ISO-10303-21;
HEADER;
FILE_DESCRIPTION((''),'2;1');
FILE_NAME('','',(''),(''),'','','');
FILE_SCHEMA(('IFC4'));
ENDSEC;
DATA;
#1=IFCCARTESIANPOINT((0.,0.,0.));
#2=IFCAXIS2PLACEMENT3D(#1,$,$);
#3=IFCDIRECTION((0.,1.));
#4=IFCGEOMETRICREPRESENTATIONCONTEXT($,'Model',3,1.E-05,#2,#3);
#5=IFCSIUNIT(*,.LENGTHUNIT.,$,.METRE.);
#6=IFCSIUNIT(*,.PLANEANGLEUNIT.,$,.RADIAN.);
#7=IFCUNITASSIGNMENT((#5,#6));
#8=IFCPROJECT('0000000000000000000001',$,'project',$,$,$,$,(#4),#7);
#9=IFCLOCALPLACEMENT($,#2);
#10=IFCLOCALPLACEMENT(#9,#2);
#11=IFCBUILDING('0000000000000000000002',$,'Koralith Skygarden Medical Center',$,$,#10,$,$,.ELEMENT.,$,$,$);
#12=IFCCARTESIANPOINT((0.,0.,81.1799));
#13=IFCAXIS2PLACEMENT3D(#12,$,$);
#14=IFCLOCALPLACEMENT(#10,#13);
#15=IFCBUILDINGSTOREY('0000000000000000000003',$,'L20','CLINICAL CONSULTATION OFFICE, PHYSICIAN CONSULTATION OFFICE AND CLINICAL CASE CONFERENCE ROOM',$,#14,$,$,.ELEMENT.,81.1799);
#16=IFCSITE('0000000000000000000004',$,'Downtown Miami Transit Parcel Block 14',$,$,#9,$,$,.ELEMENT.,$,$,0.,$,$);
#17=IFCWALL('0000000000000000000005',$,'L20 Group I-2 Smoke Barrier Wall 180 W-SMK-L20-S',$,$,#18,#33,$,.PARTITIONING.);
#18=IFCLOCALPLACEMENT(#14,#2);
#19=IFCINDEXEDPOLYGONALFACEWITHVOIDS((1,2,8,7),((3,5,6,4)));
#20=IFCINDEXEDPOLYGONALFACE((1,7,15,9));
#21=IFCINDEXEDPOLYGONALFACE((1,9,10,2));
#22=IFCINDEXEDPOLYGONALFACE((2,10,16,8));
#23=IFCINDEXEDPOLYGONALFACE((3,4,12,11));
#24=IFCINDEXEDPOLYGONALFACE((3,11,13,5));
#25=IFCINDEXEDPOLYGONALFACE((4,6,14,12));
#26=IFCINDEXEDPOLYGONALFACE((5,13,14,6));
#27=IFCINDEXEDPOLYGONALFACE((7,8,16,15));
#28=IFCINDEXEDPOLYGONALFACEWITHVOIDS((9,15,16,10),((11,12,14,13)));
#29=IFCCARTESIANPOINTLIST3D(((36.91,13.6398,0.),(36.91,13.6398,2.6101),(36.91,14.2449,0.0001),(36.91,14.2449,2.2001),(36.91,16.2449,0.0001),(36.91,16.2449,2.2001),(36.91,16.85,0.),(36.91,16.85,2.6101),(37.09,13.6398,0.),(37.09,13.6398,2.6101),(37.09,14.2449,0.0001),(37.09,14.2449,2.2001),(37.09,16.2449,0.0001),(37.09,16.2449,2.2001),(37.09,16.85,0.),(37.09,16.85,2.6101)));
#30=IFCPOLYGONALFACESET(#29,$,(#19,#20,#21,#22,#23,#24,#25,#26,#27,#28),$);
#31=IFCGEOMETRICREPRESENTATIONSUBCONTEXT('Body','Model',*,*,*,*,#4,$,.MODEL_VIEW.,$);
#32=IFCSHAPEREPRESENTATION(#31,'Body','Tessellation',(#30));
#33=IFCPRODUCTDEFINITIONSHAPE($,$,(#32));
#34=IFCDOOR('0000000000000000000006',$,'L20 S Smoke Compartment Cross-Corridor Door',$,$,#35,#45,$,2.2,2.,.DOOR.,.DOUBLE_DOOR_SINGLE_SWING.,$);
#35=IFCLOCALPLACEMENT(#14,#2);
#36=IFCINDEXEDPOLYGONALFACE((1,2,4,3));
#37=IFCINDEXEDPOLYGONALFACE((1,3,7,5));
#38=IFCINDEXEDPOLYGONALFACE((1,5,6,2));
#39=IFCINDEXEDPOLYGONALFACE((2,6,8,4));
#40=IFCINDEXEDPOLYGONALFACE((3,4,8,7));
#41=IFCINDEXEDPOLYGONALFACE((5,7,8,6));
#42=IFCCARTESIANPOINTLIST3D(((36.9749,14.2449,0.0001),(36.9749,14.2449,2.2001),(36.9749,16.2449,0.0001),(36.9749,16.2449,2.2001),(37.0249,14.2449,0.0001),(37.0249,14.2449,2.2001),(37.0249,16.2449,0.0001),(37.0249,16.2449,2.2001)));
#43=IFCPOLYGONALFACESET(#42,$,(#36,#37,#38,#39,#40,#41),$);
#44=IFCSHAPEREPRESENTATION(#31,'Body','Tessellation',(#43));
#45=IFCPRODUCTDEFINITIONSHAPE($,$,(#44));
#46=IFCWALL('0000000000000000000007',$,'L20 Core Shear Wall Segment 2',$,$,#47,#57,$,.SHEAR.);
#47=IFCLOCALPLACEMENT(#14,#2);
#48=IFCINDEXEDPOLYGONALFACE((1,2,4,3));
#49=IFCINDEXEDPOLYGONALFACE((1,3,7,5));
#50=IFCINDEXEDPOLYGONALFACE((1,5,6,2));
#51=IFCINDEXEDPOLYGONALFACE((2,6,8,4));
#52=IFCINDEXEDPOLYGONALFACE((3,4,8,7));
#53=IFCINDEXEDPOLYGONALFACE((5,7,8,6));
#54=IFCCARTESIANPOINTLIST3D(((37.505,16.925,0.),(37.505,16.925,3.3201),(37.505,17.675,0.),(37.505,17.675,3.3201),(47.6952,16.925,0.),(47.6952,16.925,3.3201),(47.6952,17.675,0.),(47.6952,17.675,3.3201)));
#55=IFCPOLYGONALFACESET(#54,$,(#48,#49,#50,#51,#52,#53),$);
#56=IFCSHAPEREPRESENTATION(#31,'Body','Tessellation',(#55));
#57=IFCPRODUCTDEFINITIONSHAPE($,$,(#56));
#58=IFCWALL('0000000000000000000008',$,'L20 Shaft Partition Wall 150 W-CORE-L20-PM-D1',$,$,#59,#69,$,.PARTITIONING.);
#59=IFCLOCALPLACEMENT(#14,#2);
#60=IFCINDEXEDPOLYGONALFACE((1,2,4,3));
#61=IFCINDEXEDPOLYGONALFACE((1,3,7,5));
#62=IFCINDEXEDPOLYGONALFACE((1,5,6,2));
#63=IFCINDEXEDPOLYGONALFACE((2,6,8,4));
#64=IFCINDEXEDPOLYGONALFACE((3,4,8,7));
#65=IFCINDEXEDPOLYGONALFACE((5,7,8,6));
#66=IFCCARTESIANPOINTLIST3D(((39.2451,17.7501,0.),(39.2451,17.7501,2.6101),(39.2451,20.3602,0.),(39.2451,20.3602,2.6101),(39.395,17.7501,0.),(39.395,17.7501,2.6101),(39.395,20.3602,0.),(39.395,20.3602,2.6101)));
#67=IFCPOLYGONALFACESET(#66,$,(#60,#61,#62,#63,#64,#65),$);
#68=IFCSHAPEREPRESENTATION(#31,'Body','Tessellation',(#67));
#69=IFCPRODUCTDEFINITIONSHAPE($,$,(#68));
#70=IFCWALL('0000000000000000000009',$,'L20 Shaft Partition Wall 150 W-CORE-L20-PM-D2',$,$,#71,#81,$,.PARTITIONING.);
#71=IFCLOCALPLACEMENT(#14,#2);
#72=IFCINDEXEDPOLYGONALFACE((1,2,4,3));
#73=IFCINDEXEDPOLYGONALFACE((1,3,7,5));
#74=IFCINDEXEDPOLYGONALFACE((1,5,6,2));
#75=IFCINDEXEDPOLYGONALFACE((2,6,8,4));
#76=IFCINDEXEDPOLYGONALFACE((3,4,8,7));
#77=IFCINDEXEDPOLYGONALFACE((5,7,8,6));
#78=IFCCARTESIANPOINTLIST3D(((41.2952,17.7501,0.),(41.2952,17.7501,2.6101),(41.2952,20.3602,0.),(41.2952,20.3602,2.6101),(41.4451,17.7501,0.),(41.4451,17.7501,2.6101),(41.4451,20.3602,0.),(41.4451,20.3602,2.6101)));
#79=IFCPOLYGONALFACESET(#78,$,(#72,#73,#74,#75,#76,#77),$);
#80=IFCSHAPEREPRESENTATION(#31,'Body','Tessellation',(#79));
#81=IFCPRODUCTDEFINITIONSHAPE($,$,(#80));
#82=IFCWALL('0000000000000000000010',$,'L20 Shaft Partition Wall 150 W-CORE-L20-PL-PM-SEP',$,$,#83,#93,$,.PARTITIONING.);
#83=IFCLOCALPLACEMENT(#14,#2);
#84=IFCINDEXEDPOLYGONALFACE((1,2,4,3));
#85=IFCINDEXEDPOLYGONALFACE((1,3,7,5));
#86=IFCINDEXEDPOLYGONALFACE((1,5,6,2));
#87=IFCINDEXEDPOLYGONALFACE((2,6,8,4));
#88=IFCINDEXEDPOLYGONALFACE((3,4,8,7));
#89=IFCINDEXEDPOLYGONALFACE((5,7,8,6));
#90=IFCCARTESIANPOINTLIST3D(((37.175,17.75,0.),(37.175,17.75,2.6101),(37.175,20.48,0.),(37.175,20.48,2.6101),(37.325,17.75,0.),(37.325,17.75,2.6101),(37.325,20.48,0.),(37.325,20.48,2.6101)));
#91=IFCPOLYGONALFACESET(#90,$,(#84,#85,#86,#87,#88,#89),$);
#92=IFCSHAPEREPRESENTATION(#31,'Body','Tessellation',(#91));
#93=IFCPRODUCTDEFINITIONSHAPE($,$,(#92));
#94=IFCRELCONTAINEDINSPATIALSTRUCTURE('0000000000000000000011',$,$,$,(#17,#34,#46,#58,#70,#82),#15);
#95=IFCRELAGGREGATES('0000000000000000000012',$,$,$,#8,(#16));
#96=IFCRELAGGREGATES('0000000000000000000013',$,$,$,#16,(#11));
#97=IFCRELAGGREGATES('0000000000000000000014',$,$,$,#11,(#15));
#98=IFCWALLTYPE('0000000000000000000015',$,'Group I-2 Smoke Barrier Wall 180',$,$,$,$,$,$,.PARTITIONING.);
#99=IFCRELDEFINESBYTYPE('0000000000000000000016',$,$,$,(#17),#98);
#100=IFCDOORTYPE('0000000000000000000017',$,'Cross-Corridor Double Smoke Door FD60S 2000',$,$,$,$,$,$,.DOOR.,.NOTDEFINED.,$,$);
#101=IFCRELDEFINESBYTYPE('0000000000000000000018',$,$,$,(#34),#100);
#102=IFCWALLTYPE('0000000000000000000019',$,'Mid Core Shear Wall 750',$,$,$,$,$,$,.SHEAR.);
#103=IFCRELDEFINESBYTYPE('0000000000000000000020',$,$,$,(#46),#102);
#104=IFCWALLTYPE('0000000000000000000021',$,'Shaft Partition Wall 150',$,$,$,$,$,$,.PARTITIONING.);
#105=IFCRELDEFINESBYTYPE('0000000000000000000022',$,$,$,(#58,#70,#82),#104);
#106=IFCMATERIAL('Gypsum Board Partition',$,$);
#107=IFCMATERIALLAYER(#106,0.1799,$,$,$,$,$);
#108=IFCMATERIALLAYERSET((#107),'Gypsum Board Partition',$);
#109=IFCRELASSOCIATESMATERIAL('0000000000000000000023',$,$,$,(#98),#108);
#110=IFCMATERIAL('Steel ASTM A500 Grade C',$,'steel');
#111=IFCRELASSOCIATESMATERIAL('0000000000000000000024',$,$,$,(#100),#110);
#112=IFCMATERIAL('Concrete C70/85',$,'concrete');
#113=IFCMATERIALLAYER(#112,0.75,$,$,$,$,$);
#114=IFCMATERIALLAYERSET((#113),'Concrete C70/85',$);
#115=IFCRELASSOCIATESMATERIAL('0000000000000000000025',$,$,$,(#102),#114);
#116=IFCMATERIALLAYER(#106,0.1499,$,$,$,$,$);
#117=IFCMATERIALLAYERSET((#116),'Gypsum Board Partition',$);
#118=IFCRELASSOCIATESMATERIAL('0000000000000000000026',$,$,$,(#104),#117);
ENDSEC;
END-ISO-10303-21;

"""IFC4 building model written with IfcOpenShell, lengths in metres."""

from ifc_helpers import new_model, si_unit, direction, frame, frame_2d, origin, place, context, subcontext, project, spatial, rectangle, extrude, material, layer, layer_set, type_object, element, fill, save


model = new_model("IFC4")

# Units and contexts
model_context = context("Model", 3, precision=1e-05, world=origin(), true_north=direction((0.0, 1.0)))
body_context = subcontext(model_context, "Body", "Model", "MODEL_VIEW")
ifc_project = project(units=[si_unit("LENGTHUNIT", "METRE"), si_unit("PLANEANGLEUNIT", "RADIAN")], contexts=[model_context])

# Site, building, storey
site_placement = place(None, origin())
site = spatial("IfcSite", under=ifc_project, at=site_placement, Name="Downtown Miami Transit Parcel Block 14", CompositionType="ELEMENT", RefElevation=0.0)
building_placement = place(site_placement, origin())
building = spatial("IfcBuilding", under=site, at=building_placement, Name="Koralith Skygarden Medical Center", CompositionType="ELEMENT")
storey_placement = place(building_placement, frame((0.0, 0.0, 81.1799)))
storey = spatial("IfcBuildingStorey", under=building, at=storey_placement, Name="L20", Description="CLINICAL CONSULTATION OFFICE, PHYSICIAN CONSULTATION OFFICE AND CLINICAL CASE CONFERENCE ROOM", CompositionType="ELEMENT", Elevation=81.1799)

# Shared definitions
ifc_material_1 = material(Name="Concrete C70/85", Category="concrete")

# Shared definitions
ifc_material_2 = material(Name="Gypsum Board Partition")

# Wall, opening, door
ifc_layer_1 = layer(ifc_material_2, 0.1799)
ifc_layer_set_1 = layer_set([ifc_layer_1], Name="Gypsum Board Partition")
wall_type_1 = type_object("IfcWallType", Name="Group I-2 Smoke Barrier Wall 180", PredefinedType="PARTITIONING", material=ifc_layer_set_1)
wall_1_placement = place(storey_placement, frame((37.0, 13.6399, 0.0), z_axis=(0.0, 0.0, 1.0), x_axis=(0.0, 1.0, 0.0)))
wall_1 = element("IfcWall", 1, at=wall_1_placement, inside=storey, type_object=wall_type_1, Name="L20 Group I-2 Smoke Barrier Wall 180 W-SMK-L20-S", PredefinedType="PARTITIONING", context=body_context, shape_type="SweptSolid", body=[
    extrude(rectangle(XDim=3.2102, YDim=0.1799, at=frame_2d((1.605, 0.0))), origin(), (0.0, 0.0, 1.0), 2.6101),
])
opening_1_placement = place(wall_1_placement, frame((0.605, 0.0, 0.0)))
opening_1 = element("IfcOpeningElement", 2, at=opening_1_placement, cuts=wall_1, PredefinedType="OPENING", context=body_context, shape_type="SweptSolid", body=[
    extrude(rectangle(XDim=2.0, YDim=2.2, at=frame_2d((1.0, 1.1001))), frame((0.0, 0.0999, 0.0), z_axis=(0.0, -1.0, 0.0), x_axis=(1.0, 0.0, 0.0)), (0.0, 0.0, 1.0), 0.2),
])
ifc_material_3 = material(Name="Steel ASTM A500 Grade C", Category="steel")
door_type_1 = type_object("IfcDoorType", Name="Cross-Corridor Double Smoke Door FD60S 2000", OperationType="NOTDEFINED", PredefinedType="DOOR", material=ifc_material_3)
door_1_placement = place(opening_1_placement, frame((2.0, 0.0, 0.0), z_axis=(0.0, 0.0, 1.0), x_axis=(-1.0, 0.0, 0.0)))
door_1 = element("IfcDoor", 3, at=door_1_placement, inside=storey, type_object=door_type_1, Name="L20 S Smoke Compartment Cross-Corridor Door", OperationType="DOUBLE_DOOR_SINGLE_SWING", OverallHeight=2.2, OverallWidth=2.0, PredefinedType="DOOR", context=body_context, shape_type="SweptSolid", body=[
    extrude(rectangle(XDim=2.0, YDim=2.2, at=frame_2d((1.0, 1.1001))), frame((0.0, 0.0249, 0.0), z_axis=(0.0, -1.0, 0.0), x_axis=(1.0, 0.0, 0.0)), (0.0, 0.0, 1.0), 0.05),
])
fill(opening_1, door_1)

# Walls
ifc_layer_2 = layer(ifc_material_1, 0.75)
ifc_layer_set_2 = layer_set([ifc_layer_2], Name="Concrete C70/85")
wall_type_2 = type_object("IfcWallType", Name="Mid Core Shear Wall 750", PredefinedType="SHEAR", material=ifc_layer_set_2)
wall_2_placement = place(storey_placement, frame((37.5049, 17.3, 0.0), z_axis=(0.0, 0.0, 1.0), x_axis=(1.0, 0.0, 0.0)))
element("IfcWall", 4, at=wall_2_placement, inside=storey, type_object=wall_type_2, Name="L20 Core Shear Wall Segment 2", PredefinedType="SHEAR", context=body_context, shape_type="SweptSolid", body=[
    extrude(rectangle(XDim=10.1902, YDim=0.75, at=frame_2d((5.0952, 0.0))), origin(), (0.0, 0.0, 1.0), 3.3201),
])
ifc_layer_3 = layer(ifc_material_2, 0.1499)
ifc_layer_set_3 = layer_set([ifc_layer_3], Name="Gypsum Board Partition")
wall_type_3 = type_object("IfcWallType", Name="Shaft Partition Wall 150", PredefinedType="PARTITIONING", material=ifc_layer_set_3)
for number, where, z_axis, x_axis, name in (
    (5, (39.3201, 17.75, 0.0), (0.0, 0.0, 1.0), (0.0, 1.0, 0.0), "L20 Shaft Partition Wall 150 W-CORE-L20-PM-D1"),
    (6, (41.3701, 17.75, 0.0), (0.0, 0.0, 1.0), (0.0, 1.0, 0.0), "L20 Shaft Partition Wall 150 W-CORE-L20-PM-D2"),
):
    element("IfcWall", number, at=place(storey_placement, frame(where, z_axis=z_axis, x_axis=x_axis)), inside=storey, type_object=wall_type_3, Name=name, PredefinedType="PARTITIONING", context=body_context, shape_type="SweptSolid", body=[
        extrude(rectangle(XDim=2.6101, YDim=0.1499, at=frame_2d((1.3052, 0.0))), origin(), (0.0, 0.0, 1.0), 2.6101),
    ])
wall_3_placement = place(storey_placement, frame((37.25, 17.75, 0.0), z_axis=(0.0, 0.0, 1.0), x_axis=(0.0, 1.0, 0.0)))
element("IfcWall", 7, at=wall_3_placement, inside=storey, type_object=wall_type_3, Name="L20 Shaft Partition Wall 150 W-CORE-L20-PL-PM-SEP", PredefinedType="PARTITIONING", context=body_context, shape_type="SweptSolid", body=[
    extrude(rectangle(XDim=2.73, YDim=0.1499, at=frame_2d((1.365, 0.0))), origin(), (0.0, 0.0, 1.0), 2.6101),
])

save(model, "model.ifc")
